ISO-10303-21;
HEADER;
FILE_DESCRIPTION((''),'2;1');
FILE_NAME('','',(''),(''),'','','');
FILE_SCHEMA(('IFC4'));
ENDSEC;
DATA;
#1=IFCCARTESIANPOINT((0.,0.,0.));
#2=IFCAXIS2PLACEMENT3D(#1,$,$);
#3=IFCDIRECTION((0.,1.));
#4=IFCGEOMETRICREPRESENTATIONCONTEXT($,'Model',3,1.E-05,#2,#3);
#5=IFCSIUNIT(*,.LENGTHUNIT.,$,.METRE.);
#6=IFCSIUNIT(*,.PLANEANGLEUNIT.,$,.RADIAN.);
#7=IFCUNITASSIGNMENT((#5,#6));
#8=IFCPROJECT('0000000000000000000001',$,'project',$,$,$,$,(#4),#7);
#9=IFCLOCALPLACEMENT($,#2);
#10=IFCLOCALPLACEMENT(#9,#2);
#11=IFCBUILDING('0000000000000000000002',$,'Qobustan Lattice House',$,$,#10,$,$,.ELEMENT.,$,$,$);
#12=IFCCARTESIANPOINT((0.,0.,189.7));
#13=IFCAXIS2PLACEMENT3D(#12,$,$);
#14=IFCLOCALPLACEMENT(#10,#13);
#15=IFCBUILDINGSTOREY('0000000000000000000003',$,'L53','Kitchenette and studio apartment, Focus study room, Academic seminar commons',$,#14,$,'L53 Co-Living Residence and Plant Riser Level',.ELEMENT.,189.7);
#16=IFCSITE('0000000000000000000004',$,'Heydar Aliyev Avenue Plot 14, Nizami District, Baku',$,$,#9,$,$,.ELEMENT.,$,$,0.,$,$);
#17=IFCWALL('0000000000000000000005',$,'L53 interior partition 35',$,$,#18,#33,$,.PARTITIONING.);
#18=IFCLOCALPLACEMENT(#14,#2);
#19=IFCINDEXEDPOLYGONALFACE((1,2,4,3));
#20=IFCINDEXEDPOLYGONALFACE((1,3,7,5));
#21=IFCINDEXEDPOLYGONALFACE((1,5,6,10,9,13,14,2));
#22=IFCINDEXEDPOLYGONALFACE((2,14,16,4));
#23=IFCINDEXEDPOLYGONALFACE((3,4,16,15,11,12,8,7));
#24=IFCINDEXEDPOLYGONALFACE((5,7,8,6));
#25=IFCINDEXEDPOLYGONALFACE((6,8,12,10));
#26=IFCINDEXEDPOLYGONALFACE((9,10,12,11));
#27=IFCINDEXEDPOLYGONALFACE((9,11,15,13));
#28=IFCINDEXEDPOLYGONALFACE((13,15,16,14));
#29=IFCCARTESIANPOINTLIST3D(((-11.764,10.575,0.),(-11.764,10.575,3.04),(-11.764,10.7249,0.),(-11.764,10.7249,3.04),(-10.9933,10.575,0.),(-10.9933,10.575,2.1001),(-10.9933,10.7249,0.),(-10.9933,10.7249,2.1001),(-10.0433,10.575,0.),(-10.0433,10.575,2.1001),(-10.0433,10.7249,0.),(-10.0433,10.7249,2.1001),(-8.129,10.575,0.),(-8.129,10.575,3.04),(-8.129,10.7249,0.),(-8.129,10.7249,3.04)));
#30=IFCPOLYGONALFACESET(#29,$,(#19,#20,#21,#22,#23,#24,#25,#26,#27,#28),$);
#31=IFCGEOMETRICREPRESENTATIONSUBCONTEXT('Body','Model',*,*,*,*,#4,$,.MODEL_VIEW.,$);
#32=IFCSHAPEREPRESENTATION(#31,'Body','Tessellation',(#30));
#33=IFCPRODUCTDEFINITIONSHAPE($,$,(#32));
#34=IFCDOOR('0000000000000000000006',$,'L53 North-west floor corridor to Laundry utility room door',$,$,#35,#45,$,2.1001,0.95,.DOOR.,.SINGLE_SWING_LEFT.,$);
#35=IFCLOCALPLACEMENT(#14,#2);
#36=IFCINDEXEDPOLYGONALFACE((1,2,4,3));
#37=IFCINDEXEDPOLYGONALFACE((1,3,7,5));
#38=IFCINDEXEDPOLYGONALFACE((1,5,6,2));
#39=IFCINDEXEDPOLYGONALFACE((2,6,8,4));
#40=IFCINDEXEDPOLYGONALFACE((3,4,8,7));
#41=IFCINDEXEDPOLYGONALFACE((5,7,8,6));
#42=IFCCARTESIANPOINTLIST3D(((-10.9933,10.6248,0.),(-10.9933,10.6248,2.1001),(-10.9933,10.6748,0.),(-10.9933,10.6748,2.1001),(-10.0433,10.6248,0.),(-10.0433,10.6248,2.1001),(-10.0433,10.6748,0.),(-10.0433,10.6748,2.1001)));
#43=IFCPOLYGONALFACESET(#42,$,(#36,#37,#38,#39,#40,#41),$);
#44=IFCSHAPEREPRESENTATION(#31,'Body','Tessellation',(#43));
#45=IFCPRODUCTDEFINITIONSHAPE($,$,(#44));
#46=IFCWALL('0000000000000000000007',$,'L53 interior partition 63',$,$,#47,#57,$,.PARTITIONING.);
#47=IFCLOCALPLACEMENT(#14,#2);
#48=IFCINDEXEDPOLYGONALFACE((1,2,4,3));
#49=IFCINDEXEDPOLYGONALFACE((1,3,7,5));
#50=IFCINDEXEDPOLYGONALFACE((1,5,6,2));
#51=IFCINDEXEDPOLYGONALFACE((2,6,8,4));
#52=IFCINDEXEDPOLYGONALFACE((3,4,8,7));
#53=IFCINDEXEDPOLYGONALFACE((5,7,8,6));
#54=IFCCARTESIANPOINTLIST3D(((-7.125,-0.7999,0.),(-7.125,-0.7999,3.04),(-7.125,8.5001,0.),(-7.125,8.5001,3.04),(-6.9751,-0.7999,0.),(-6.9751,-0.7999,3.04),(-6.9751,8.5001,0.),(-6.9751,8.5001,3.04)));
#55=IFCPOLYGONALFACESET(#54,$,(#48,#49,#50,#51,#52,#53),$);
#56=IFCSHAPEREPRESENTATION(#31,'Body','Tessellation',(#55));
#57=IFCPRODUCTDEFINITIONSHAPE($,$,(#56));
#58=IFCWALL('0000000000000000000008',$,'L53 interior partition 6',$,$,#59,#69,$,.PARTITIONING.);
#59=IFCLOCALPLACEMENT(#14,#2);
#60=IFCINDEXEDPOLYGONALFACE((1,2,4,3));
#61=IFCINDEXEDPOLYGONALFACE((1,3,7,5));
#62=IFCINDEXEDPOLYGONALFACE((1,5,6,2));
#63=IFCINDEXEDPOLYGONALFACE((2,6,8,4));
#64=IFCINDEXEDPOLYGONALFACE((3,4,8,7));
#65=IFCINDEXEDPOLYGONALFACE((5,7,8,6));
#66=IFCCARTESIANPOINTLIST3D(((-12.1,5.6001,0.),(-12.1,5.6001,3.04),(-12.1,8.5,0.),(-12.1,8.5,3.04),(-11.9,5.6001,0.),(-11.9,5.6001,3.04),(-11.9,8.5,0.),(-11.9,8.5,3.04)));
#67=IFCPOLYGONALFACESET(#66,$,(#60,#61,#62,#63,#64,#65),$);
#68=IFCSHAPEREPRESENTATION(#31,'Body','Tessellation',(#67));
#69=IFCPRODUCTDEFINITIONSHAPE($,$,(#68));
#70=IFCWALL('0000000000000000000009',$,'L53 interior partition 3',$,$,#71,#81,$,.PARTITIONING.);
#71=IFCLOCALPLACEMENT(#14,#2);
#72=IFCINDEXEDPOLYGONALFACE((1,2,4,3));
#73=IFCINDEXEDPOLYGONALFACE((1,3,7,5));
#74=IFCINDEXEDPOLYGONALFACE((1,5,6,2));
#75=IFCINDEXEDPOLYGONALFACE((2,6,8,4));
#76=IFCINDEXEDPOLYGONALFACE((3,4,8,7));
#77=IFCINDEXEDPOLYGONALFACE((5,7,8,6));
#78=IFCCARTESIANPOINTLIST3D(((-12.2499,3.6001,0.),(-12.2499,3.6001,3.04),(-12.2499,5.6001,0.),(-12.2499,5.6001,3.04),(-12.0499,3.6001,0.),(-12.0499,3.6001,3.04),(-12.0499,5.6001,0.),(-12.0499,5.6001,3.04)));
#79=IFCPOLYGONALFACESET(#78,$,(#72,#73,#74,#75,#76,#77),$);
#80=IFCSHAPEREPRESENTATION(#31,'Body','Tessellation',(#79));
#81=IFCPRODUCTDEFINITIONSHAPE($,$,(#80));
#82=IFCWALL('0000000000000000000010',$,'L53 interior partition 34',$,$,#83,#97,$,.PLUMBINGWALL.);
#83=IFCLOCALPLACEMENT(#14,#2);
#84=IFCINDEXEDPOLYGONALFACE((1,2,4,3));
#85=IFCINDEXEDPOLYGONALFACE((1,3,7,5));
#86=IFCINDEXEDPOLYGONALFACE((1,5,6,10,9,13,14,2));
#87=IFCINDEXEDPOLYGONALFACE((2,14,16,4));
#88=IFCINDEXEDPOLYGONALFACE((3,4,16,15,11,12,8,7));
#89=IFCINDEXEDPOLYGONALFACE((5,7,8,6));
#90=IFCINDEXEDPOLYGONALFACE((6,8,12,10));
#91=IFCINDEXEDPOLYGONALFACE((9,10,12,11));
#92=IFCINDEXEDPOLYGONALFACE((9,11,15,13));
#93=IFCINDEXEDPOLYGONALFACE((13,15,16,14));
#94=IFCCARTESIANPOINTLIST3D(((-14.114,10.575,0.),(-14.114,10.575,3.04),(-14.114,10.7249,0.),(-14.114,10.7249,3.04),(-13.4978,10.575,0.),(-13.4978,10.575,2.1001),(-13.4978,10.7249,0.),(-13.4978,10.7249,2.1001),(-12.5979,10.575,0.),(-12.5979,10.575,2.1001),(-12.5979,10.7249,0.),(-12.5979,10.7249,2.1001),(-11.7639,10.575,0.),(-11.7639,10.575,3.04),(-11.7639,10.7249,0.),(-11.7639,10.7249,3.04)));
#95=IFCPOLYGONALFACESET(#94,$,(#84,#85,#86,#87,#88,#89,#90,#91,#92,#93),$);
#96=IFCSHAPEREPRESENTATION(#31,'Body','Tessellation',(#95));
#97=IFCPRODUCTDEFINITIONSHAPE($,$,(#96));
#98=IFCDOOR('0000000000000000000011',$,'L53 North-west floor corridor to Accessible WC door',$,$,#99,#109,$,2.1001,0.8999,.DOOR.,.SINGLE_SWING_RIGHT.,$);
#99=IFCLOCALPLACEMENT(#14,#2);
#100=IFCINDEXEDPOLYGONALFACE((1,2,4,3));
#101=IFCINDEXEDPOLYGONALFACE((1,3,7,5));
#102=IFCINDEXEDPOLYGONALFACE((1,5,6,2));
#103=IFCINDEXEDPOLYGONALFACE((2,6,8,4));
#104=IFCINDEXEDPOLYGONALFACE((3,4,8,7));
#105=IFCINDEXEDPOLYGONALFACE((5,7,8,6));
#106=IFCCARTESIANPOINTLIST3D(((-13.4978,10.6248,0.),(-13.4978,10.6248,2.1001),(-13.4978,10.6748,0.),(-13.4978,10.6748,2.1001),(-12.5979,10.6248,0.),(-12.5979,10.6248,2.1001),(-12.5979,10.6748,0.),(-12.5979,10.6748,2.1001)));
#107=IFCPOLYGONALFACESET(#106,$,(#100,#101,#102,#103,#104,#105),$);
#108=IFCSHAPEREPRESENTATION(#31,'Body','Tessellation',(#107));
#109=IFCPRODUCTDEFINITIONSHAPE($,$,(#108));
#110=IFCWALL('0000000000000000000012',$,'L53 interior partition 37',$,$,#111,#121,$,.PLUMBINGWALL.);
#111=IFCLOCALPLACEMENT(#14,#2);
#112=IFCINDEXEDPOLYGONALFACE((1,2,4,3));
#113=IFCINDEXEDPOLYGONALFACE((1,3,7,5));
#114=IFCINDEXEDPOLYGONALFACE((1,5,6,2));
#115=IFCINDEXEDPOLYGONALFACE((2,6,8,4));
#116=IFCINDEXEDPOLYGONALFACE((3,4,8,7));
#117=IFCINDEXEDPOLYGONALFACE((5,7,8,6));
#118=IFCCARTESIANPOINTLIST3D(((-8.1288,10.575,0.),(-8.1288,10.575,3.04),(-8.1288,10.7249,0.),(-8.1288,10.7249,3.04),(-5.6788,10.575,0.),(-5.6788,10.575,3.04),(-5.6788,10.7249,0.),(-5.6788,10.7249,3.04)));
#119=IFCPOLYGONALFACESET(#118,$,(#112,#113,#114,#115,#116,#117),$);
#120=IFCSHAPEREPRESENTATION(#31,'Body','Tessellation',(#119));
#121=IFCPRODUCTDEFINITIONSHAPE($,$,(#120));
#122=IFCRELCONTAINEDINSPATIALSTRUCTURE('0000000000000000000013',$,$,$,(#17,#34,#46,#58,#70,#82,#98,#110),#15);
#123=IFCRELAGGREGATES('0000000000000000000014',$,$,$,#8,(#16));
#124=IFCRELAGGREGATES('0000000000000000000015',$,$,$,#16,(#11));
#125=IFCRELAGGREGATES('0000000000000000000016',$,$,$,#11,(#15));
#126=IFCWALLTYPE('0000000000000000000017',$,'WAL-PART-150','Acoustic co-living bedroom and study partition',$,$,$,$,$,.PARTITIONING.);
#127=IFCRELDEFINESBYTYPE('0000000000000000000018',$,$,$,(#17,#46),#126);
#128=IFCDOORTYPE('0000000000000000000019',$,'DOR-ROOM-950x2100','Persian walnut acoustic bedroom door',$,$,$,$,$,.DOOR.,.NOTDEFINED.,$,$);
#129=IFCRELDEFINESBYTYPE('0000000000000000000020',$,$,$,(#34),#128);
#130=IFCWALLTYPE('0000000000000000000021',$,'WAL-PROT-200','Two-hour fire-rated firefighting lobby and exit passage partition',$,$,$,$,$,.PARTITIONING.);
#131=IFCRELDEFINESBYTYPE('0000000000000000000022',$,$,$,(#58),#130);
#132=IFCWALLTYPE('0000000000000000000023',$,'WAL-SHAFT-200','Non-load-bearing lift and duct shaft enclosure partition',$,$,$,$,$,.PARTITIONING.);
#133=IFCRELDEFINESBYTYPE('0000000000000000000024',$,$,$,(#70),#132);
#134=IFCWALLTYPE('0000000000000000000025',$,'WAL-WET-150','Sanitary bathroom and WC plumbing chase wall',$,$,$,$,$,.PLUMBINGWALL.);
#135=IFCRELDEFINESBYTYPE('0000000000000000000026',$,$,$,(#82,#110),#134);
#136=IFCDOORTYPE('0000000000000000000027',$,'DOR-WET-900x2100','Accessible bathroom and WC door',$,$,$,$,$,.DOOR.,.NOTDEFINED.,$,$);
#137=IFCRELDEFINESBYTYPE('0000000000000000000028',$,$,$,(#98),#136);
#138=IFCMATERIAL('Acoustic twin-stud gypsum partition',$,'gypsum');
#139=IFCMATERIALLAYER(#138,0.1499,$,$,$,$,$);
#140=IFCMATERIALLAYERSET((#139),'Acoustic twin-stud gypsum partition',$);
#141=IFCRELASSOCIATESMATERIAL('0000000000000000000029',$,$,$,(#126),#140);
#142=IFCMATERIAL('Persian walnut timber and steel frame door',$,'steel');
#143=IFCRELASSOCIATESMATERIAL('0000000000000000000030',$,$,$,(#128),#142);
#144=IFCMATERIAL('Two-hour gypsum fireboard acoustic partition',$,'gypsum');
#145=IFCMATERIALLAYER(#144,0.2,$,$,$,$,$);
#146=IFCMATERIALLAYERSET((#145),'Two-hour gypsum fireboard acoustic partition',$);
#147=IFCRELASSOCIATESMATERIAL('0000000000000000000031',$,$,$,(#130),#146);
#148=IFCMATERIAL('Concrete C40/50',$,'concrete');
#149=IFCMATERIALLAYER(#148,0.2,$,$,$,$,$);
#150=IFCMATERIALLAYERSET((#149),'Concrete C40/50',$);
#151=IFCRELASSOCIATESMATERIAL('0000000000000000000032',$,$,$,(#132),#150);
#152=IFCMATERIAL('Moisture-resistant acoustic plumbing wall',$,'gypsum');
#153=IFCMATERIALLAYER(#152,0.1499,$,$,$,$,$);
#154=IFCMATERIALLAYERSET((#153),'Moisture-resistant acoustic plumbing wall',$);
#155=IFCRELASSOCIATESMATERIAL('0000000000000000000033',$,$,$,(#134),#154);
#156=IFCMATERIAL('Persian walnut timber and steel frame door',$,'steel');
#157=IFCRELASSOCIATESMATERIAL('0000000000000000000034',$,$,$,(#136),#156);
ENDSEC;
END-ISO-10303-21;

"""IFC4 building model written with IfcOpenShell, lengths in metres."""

from ifc_helpers import new_model, si_unit, direction, frame, frame_2d, origin, place, context, subcontext, project, spatial, rectangle, extrude, material, layer, layer_set, type_object, element, fill, save


model = new_model("IFC4")

# Units and contexts
model_context = context("Model", 3, precision=1e-05, world=origin(), true_north=direction((0.0, 1.0)))
body_context = subcontext(model_context, "Body", "Model", "MODEL_VIEW")
ifc_project = project(units=[si_unit("LENGTHUNIT", "METRE"), si_unit("PLANEANGLEUNIT", "RADIAN")], contexts=[model_context])

# Site, building, storey
site_placement = place(None, origin())
site = spatial("IfcSite", under=ifc_project, at=site_placement, Name="Heydar Aliyev Avenue Plot 14, Nizami District, Baku", CompositionType="ELEMENT", RefElevation=0.0)
building_placement = place(site_placement, origin())
building = spatial("IfcBuilding", under=site, at=building_placement, Name="Qobustan Lattice House", CompositionType="ELEMENT")
storey_placement = place(building_placement, frame((0.0, 0.0, 189.7)))
storey = spatial("IfcBuildingStorey", under=building, at=storey_placement, Name="L53", Description="Kitchenette and studio apartment, Focus study room, Academic seminar commons", LongName="L53 Co-Living Residence and Plant Riser Level", CompositionType="ELEMENT", Elevation=189.7)

# Wall, opening, door
ifc_material_1 = material(Name="Acoustic twin-stud gypsum partition", Category="gypsum")
ifc_layer_1 = layer(ifc_material_1, 0.1499)
ifc_layer_set_1 = layer_set([ifc_layer_1], Name="Acoustic twin-stud gypsum partition")
wall_type_1 = type_object("IfcWallType", Name="WAL-PART-150", Description="Acoustic co-living bedroom and study partition", PredefinedType="PARTITIONING", material=ifc_layer_set_1)
wall_1_placement = place(storey_placement, frame((-11.7639, 10.6499, 0.0), z_axis=(0.0, 0.0, 1.0), x_axis=(1.0, 0.0, 0.0)))
wall_1 = element("IfcWall", 1, at=wall_1_placement, inside=storey, type_object=wall_type_1, Name="L53 interior partition 35", PredefinedType="PARTITIONING", context=body_context, shape_type="SweptSolid", body=[
    extrude(rectangle(XDim=3.635, YDim=0.1499, at=frame_2d((1.8174, 0.0))), origin(), (0.0, 0.0, 1.0), 3.04),
])
opening_1_placement = place(wall_1_placement, frame((0.7705, 0.0, 0.0)))
opening_1 = element("IfcOpeningElement", 2, at=opening_1_placement, cuts=wall_1, PredefinedType="OPENING", context=body_context, shape_type="SweptSolid", body=[
    extrude(rectangle(XDim=0.95, YDim=2.1001, at=frame_2d((0.4751, 1.05))), frame((0.0, 0.085, 0.0), z_axis=(0.0, -1.0, 0.0), x_axis=(1.0, 0.0, 0.0)), (0.0, 0.0, 1.0), 0.1699),
])
ifc_material_2 = material(Name="Persian walnut timber and steel frame door", Category="steel")
door_type_1 = type_object("IfcDoorType", Name="DOR-ROOM-950x2100", Description="Persian walnut acoustic bedroom door", OperationType="NOTDEFINED", PredefinedType="DOOR", material=ifc_material_2)
door_1_placement = place(opening_1_placement, origin())
door_1 = element("IfcDoor", 3, at=door_1_placement, inside=storey, type_object=door_type_1, Name="L53 North-west floor corridor to Laundry utility room door", OperationType="SINGLE_SWING_LEFT", OverallHeight=2.1001, OverallWidth=0.95, PredefinedType="DOOR", context=body_context, shape_type="SweptSolid", body=[
    extrude(rectangle(XDim=0.95, YDim=2.1001, at=frame_2d((0.4751, 1.05))), frame((0.0, 0.0249, 0.0), z_axis=(0.0, -1.0, 0.0), x_axis=(1.0, 0.0, 0.0)), (0.0, 0.0, 1.0), 0.05),
])
fill(opening_1, door_1)

# Wall
wall_2_placement = place(storey_placement, frame((-7.05, 8.5, 0.0), z_axis=(0.0, 0.0, 1.0), x_axis=(0.0, -1.0, 0.0)))
element("IfcWall", 4, at=wall_2_placement, inside=storey, type_object=wall_type_1, Name="L53 interior partition 63", PredefinedType="PARTITIONING", context=body_context, shape_type="SweptSolid", body=[
    extrude(rectangle(XDim=9.3, YDim=0.1499, at=frame_2d((4.6499, 0.0))), origin(), (0.0, 0.0, 1.0), 3.04),
])

# Shared definitions
ifc_material_3 = material(Name="Two-hour gypsum fireboard acoustic partition", Category="gypsum")
ifc_layer_2 = layer(ifc_material_3, 0.2)
ifc_layer_set_2 = layer_set([ifc_layer_2], Name="Two-hour gypsum fireboard acoustic partition")
wall_type_2 = type_object("IfcWallType", Name="WAL-PROT-200", Description="Two-hour fire-rated firefighting lobby and exit passage partition", PredefinedType="PARTITIONING", material=ifc_layer_set_2)

# Walls
wall_3_placement = place(storey_placement, frame((-12.0, 5.6001, 0.0), z_axis=(0.0, 0.0, 1.0), x_axis=(0.0, 1.0, 0.0)))
element("IfcWall", 5, at=wall_3_placement, inside=storey, type_object=wall_type_2, Name="L53 interior partition 6", PredefinedType="PARTITIONING", context=body_context, shape_type="SweptSolid", body=[
    extrude(rectangle(XDim=2.8999, YDim=0.2, at=frame_2d((1.45, 0.0))), origin(), (0.0, 0.0, 1.0), 3.04),
])
ifc_material_4 = material(Name="Concrete C40/50", Category="concrete")
ifc_layer_3 = layer(ifc_material_4, 0.2)
ifc_layer_set_3 = layer_set([ifc_layer_3], Name="Concrete C40/50")
wall_type_3 = type_object("IfcWallType", Name="WAL-SHAFT-200", Description="Non-load-bearing lift and duct shaft enclosure partition", PredefinedType="PARTITIONING", material=ifc_layer_set_3)
wall_4_placement = place(storey_placement, frame((-12.1499, 3.6001, 0.0), z_axis=(0.0, 0.0, 1.0), x_axis=(0.0, 1.0, 0.0)))
element("IfcWall", 6, at=wall_4_placement, inside=storey, type_object=wall_type_3, Name="L53 interior partition 3", PredefinedType="PARTITIONING", context=body_context, shape_type="SweptSolid", body=[
    extrude(rectangle(XDim=2.0, YDim=0.2, at=frame_2d((1.0, 0.0))), origin(), (0.0, 0.0, 1.0), 3.04),
])

# Wall, opening, door
ifc_material_5 = material(Name="Moisture-resistant acoustic plumbing wall", Category="gypsum")
ifc_layer_4 = layer(ifc_material_5, 0.1499)
ifc_layer_set_4 = layer_set([ifc_layer_4], Name="Moisture-resistant acoustic plumbing wall")
wall_type_4 = type_object("IfcWallType", Name="WAL-WET-150", Description="Sanitary bathroom and WC plumbing chase wall", PredefinedType="PLUMBINGWALL", material=ifc_layer_set_4)
wall_5_placement = place(storey_placement, frame((-14.114, 10.6499, 0.0), z_axis=(0.0, 0.0, 1.0), x_axis=(1.0, 0.0, 0.0)))
wall_5 = element("IfcWall", 7, at=wall_5_placement, inside=storey, type_object=wall_type_4, Name="L53 interior partition 34", PredefinedType="PLUMBINGWALL", context=body_context, shape_type="SweptSolid", body=[
    extrude(rectangle(XDim=2.3501, YDim=0.1499, at=frame_2d((1.175, 0.0))), origin(), (0.0, 0.0, 1.0), 3.04),
])
opening_2_placement = place(wall_5_placement, frame((0.6162, 0.0, 0.0)))
opening_2 = element("IfcOpeningElement", 8, at=opening_2_placement, cuts=wall_5, PredefinedType="OPENING", context=body_context, shape_type="SweptSolid", body=[
    extrude(rectangle(XDim=0.8999, YDim=2.1001, at=frame_2d((0.45, 1.05))), frame((0.0, 0.085, 0.0), z_axis=(0.0, -1.0, 0.0), x_axis=(1.0, 0.0, 0.0)), (0.0, 0.0, 1.0), 0.1699),
])
ifc_material_6 = material(Name="Persian walnut timber and steel frame door", Category="steel")
door_type_2 = type_object("IfcDoorType", Name="DOR-WET-900x2100", Description="Accessible bathroom and WC door", OperationType="NOTDEFINED", PredefinedType="DOOR", material=ifc_material_6)
door_2_placement = place(opening_2_placement, origin())
door_2 = element("IfcDoor", 9, at=door_2_placement, inside=storey, type_object=door_type_2, Name="L53 North-west floor corridor to Accessible WC door", OperationType="SINGLE_SWING_RIGHT", OverallHeight=2.1001, OverallWidth=0.8999, PredefinedType="DOOR", context=body_context, shape_type="SweptSolid", body=[
    extrude(rectangle(XDim=0.8999, YDim=2.1001, at=frame_2d((0.45, 1.05))), frame((0.0, 0.0249, 0.0), z_axis=(0.0, -1.0, 0.0), x_axis=(1.0, 0.0, 0.0)), (0.0, 0.0, 1.0), 0.05),
])
fill(opening_2, door_2)

# Wall
wall_6_placement = place(storey_placement, frame((-8.1289, 10.6499, 0.0), z_axis=(0.0, 0.0, 1.0), x_axis=(1.0, 0.0, 0.0)))
element("IfcWall", 10, at=wall_6_placement, inside=storey, type_object=wall_type_4, Name="L53 interior partition 37", PredefinedType="PLUMBINGWALL", context=body_context, shape_type="SweptSolid", body=[
    extrude(rectangle(XDim=2.45, YDim=0.1499, at=frame_2d((1.2251, 0.0))), origin(), (0.0, 0.0, 1.0), 3.04),
])

save(model, "model.ifc")
